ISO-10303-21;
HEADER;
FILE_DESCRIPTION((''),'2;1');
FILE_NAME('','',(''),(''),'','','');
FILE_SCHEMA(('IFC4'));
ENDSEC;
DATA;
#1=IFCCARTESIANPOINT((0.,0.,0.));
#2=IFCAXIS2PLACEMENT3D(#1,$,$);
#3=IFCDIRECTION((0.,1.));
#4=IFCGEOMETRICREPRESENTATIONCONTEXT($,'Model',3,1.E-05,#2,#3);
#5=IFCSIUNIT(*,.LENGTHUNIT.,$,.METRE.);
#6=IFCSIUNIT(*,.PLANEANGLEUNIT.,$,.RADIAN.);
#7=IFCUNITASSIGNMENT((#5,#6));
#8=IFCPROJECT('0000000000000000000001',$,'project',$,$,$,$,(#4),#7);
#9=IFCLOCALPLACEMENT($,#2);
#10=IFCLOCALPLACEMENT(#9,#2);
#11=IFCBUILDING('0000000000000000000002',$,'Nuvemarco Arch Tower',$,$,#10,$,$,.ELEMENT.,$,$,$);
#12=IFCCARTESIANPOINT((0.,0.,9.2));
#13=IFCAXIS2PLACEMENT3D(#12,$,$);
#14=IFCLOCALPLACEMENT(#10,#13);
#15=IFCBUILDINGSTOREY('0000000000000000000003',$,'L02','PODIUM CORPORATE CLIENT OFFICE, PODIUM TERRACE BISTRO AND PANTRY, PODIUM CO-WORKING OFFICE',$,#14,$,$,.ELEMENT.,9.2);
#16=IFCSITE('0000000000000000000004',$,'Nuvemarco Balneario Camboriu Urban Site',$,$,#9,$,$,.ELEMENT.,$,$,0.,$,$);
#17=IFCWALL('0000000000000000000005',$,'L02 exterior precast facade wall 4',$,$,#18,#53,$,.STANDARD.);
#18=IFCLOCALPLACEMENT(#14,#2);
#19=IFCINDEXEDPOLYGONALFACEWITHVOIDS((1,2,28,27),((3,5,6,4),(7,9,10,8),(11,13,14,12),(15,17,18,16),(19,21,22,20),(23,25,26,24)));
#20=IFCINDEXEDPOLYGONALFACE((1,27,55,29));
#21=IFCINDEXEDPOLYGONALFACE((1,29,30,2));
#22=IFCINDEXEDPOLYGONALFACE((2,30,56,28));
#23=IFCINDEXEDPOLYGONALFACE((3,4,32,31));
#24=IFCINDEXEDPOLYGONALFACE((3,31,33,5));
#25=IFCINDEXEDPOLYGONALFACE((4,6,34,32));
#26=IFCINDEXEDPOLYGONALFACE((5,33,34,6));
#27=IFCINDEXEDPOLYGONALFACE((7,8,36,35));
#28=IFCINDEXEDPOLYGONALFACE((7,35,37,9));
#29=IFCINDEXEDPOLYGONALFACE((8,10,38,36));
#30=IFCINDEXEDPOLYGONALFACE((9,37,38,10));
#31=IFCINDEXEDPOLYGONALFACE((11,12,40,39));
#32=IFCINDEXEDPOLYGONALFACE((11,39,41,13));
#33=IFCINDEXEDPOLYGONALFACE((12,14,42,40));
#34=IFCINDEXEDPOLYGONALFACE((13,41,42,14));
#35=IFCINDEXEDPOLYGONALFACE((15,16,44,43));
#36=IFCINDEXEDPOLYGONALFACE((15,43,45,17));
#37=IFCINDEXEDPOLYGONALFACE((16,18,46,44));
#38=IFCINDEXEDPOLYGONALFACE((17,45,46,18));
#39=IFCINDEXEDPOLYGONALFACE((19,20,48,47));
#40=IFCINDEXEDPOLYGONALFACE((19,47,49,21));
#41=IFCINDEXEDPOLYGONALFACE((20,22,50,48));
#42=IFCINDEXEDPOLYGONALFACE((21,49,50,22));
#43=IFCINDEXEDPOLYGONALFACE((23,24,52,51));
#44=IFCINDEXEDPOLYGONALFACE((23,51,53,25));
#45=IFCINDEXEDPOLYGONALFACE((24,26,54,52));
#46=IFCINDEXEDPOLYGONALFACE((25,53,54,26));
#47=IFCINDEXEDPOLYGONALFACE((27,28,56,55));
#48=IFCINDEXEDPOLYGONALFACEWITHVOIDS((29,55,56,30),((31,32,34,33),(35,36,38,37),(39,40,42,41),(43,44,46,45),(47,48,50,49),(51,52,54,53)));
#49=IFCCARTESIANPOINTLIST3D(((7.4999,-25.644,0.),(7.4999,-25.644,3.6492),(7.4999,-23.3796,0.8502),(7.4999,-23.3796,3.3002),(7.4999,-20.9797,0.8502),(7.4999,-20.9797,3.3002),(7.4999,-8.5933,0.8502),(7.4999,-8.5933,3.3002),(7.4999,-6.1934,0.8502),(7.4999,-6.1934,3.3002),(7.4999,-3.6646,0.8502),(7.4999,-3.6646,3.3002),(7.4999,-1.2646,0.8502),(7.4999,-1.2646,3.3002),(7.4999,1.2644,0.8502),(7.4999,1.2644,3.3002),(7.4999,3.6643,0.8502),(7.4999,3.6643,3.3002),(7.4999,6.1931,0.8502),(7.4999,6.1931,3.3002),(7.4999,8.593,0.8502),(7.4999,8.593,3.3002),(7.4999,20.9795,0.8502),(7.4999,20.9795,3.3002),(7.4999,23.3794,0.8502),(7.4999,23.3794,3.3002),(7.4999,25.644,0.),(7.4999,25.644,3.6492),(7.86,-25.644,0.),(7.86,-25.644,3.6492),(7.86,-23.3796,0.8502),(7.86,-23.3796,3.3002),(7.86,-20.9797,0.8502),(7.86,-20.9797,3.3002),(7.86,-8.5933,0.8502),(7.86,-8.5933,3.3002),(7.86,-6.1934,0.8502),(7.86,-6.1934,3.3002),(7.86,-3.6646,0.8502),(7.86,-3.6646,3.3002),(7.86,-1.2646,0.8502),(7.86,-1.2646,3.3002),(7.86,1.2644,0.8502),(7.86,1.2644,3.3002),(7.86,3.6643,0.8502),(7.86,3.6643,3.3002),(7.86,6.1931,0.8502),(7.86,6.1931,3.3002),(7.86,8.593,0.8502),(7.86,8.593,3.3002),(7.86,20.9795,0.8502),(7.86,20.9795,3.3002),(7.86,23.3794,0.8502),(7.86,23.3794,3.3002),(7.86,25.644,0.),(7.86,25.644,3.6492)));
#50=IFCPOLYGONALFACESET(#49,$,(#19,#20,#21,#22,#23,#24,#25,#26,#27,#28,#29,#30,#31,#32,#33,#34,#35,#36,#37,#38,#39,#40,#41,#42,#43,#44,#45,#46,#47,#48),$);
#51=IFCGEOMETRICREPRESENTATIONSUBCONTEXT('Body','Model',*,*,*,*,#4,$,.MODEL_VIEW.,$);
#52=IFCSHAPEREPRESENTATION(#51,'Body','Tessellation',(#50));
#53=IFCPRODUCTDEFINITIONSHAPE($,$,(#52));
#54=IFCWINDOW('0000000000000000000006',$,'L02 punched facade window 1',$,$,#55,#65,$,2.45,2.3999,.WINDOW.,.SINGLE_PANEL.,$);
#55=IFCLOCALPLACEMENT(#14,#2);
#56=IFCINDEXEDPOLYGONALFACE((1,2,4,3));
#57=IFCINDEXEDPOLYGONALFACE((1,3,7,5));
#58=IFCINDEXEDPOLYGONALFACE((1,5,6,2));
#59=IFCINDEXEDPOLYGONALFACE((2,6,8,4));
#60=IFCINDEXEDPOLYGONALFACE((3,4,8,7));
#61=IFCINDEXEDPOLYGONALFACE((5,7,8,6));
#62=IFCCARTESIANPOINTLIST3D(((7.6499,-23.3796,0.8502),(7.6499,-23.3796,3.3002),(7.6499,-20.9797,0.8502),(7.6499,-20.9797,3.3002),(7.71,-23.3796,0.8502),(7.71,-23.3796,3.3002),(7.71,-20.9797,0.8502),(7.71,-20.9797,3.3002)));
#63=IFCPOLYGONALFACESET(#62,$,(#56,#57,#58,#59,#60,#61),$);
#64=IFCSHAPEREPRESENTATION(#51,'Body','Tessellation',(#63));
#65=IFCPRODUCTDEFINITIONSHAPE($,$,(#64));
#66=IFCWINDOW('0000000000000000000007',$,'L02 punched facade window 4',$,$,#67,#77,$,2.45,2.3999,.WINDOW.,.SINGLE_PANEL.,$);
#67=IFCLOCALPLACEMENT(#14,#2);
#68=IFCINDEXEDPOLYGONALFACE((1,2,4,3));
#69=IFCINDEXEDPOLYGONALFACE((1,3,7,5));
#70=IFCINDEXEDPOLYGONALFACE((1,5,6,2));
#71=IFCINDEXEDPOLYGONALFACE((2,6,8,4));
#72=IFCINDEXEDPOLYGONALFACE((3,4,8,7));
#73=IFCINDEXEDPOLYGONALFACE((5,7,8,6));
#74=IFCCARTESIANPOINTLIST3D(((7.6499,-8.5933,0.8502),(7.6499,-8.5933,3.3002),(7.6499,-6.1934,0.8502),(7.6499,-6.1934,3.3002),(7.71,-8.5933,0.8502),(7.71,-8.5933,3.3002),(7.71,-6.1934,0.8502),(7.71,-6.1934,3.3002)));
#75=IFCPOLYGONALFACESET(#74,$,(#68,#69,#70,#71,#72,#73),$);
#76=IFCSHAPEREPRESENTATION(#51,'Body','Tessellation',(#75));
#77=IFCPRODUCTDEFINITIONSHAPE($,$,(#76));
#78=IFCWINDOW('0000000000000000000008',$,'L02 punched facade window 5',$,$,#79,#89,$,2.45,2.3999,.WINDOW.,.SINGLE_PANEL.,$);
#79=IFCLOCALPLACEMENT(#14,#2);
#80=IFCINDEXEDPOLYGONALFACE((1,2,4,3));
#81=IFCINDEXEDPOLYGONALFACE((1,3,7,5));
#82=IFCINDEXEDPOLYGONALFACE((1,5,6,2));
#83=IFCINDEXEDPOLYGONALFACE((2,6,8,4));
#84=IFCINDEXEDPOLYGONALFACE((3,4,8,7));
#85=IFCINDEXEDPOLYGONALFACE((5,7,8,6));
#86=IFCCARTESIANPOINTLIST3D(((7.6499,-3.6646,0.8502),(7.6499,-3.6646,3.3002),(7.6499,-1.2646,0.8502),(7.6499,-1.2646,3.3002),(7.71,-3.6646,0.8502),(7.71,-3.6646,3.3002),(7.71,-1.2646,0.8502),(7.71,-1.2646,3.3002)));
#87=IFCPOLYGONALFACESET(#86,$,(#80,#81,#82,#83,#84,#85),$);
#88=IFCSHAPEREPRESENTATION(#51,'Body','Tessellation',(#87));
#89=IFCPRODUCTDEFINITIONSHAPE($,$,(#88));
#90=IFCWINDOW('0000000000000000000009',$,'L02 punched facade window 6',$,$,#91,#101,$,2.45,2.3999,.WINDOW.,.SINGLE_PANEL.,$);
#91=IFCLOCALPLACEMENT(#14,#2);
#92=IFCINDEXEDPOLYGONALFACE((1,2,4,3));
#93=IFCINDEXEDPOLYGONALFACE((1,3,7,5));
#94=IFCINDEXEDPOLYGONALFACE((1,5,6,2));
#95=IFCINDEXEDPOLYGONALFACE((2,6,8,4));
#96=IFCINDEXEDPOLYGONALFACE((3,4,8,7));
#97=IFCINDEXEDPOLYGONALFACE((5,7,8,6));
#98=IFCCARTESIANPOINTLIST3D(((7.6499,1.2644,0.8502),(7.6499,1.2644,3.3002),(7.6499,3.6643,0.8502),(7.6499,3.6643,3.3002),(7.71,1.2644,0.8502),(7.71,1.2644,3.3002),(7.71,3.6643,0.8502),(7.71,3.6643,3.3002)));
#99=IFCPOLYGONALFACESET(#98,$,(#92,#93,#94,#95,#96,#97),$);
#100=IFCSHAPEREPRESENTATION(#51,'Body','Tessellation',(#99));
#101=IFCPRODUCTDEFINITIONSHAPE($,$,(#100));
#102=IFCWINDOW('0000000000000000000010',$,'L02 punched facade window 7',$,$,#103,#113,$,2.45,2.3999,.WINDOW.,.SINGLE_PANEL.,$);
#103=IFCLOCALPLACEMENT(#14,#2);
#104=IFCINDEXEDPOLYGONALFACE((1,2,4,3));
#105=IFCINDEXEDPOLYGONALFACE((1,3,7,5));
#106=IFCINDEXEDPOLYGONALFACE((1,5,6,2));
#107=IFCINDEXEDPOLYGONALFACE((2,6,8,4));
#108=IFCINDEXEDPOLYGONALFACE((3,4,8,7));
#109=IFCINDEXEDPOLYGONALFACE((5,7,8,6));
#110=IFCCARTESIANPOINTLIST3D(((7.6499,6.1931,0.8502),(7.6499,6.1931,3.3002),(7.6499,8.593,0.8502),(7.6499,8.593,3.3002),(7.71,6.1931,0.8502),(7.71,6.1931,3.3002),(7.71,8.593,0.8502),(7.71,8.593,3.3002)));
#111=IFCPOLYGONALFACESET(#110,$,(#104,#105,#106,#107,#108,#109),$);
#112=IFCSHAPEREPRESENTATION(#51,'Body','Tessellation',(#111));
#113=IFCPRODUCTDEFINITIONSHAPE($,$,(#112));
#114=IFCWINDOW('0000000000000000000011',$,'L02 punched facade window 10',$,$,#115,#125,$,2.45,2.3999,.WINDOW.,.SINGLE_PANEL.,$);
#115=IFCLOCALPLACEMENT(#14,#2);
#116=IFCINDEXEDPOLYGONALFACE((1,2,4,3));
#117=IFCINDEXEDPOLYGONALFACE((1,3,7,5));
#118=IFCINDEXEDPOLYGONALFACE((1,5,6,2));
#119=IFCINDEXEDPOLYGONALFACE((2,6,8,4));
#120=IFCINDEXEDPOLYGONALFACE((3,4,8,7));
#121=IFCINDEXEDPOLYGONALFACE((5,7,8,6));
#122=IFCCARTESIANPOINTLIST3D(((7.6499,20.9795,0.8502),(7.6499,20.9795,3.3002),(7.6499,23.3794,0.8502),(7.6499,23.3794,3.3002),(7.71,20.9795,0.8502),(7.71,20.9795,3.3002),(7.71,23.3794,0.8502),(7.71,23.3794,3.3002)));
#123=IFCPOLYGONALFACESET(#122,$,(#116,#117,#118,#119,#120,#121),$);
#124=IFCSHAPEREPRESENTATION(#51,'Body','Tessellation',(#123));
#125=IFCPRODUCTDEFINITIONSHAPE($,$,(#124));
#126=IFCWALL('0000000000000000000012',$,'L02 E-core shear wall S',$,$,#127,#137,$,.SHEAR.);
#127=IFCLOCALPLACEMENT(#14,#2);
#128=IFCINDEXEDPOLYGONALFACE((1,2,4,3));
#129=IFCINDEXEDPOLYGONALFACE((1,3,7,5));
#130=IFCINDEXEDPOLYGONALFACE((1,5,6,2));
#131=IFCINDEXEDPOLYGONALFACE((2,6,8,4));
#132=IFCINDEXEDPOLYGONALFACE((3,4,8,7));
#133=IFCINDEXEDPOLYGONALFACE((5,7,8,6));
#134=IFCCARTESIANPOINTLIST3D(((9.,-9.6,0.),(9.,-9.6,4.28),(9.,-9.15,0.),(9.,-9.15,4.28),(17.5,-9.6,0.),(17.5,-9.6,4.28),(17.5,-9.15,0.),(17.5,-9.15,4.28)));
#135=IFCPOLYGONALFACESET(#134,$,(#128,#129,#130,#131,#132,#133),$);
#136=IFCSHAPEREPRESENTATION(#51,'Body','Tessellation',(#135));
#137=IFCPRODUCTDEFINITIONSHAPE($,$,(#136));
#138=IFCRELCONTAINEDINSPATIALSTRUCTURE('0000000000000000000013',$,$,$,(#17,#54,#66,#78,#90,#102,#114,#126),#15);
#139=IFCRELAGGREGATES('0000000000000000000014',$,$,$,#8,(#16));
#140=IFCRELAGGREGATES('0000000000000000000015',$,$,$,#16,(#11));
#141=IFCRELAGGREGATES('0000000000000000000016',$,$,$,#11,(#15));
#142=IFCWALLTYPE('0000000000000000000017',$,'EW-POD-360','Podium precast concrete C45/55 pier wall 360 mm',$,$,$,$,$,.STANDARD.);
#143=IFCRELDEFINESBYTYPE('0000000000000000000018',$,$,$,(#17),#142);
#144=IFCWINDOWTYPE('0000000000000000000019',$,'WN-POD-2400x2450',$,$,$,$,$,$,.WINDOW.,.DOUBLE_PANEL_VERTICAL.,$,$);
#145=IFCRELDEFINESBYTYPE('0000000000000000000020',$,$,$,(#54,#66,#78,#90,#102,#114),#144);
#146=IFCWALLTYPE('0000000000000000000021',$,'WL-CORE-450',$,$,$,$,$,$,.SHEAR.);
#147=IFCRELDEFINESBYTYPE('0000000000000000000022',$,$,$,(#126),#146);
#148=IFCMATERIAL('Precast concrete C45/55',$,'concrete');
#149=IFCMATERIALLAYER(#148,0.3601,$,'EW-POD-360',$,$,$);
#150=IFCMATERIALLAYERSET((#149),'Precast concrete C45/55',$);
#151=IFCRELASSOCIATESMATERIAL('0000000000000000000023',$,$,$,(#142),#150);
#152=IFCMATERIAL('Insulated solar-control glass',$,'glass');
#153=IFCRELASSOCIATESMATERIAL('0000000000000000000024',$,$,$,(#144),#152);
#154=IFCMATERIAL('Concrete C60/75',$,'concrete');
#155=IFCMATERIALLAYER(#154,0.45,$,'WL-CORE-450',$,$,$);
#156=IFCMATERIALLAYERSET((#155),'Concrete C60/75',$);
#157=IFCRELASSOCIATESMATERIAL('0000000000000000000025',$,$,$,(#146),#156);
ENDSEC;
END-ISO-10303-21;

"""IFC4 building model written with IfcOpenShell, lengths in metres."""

from ifc_helpers import new_model, si_unit, direction, frame, frame_2d, origin, place, context, subcontext, project, spatial, rectangle, extrude, source, transform, mapped, material, layer, layer_set, type_object, type_shapes, element, fill, save


model = new_model("IFC4")

# Units and contexts
model_context = context("Model", 3, precision=1e-05, world=origin(), true_north=direction((0.0, 1.0)))
body_context = subcontext(model_context, "Body", "Model", "MODEL_VIEW")
ifc_project = project(units=[si_unit("LENGTHUNIT", "METRE"), si_unit("PLANEANGLEUNIT", "RADIAN")], contexts=[model_context])

# Site, building, storey
site_placement = place(None, origin())
site = spatial("IfcSite", under=ifc_project, at=site_placement, Name="Nuvemarco Balneario Camboriu Urban Site", CompositionType="ELEMENT", RefElevation=0.0)
building_placement = place(site_placement, origin())
building = spatial("IfcBuilding", under=site, at=building_placement, Name="Nuvemarco Arch Tower", CompositionType="ELEMENT")
storey_placement = place(building_placement, frame((0.0, 0.0, 9.2)))
storey = spatial("IfcBuildingStorey", under=building, at=storey_placement, Name="L02", Description="PODIUM CORPORATE CLIENT OFFICE, PODIUM TERRACE BISTRO AND PANTRY, PODIUM CO-WORKING OFFICE", CompositionType="ELEMENT", Elevation=9.2)

# Shared definitions
ifc_material_1 = material(Name="Concrete C60/75", Category="concrete")

# Shared definitions
ifc_material_2 = material(Name="Precast concrete C45/55", Category="concrete")

# Shared definitions
ifc_layer_1 = layer(ifc_material_2, 0.3601, Name="EW-POD-360")
ifc_layer_set_1 = layer_set([ifc_layer_1], Name="Precast concrete C45/55")
wall_type_1 = type_object("IfcWallType", Name="EW-POD-360", Description="Podium precast concrete C45/55 pier wall 360 mm", PredefinedType="STANDARD", material=ifc_layer_set_1)
ifc_material_3 = material(Name="Insulated solar-control glass", Category="glass")

# Wall, openings, windows
wall_1_placement = place(storey_placement, frame((7.6799, -25.644, 0.0), z_axis=(0.0, 0.0, 1.0), x_axis=(0.0, 1.0, 0.0)))
wall_1 = element("IfcWall", 1, at=wall_1_placement, inside=storey, type_object=wall_type_1, Name="L02 exterior precast facade wall 4", PredefinedType="STANDARD", context=body_context, shape_type="SweptSolid", body=[
    extrude(rectangle(XDim=51.2881, YDim=0.3601, at=frame_2d((25.644, 0.0))), origin(), (0.0, 0.0, 1.0), 3.6492),
])
opening_1_placement = place(wall_1_placement, frame((2.2644, 0.0, 0.8501)))
opening_1 = element("IfcOpeningElement", 2, at=opening_1_placement, cuts=wall_1, PredefinedType="OPENING", context=body_context, shape_type="SweptSolid", body=[
    extrude(rectangle(XDim=2.3999, YDim=2.45, at=frame_2d((1.2, 1.2251))), frame((0.0, 0.1899, 0.0), z_axis=(0.0, -1.0, 0.0), x_axis=(1.0, 0.0, 0.0)), (0.0, 0.0, 1.0), 0.3801),
])
opening_2_placement = place(wall_1_placement, frame((17.0508, 0.0, 0.8501)))
opening_2 = element("IfcOpeningElement", 3, at=opening_2_placement, cuts=wall_1, PredefinedType="OPENING", context=body_context, shape_type="SweptSolid", body=[
    extrude(rectangle(XDim=2.3999, YDim=2.45, at=frame_2d((1.2, 1.2251))), frame((0.0, 0.1899, 0.0), z_axis=(0.0, -1.0, 0.0), x_axis=(1.0, 0.0, 0.0)), (0.0, 0.0, 1.0), 0.3801),
])
opening_3_placement = place(wall_1_placement, frame((21.9795, 0.0, 0.8501)))
opening_3 = element("IfcOpeningElement", 4, at=opening_3_placement, cuts=wall_1, PredefinedType="OPENING", context=body_context, shape_type="SweptSolid", body=[
    extrude(rectangle(XDim=2.3999, YDim=2.45, at=frame_2d((1.2, 1.2251))), frame((0.0, 0.1899, 0.0), z_axis=(0.0, -1.0, 0.0), x_axis=(1.0, 0.0, 0.0)), (0.0, 0.0, 1.0), 0.3801),
])
opening_4_placement = place(wall_1_placement, frame((26.9084, 0.0, 0.8501)))
opening_4 = element("IfcOpeningElement", 5, at=opening_4_placement, cuts=wall_1, PredefinedType="OPENING", context=body_context, shape_type="SweptSolid", body=[
    extrude(rectangle(XDim=2.3999, YDim=2.45, at=frame_2d((1.2, 1.2251))), frame((0.0, 0.1899, 0.0), z_axis=(0.0, -1.0, 0.0), x_axis=(1.0, 0.0, 0.0)), (0.0, 0.0, 1.0), 0.3801),
])
opening_5_placement = place(wall_1_placement, frame((31.8372, 0.0, 0.8501)))
opening_5 = element("IfcOpeningElement", 6, at=opening_5_placement, cuts=wall_1, PredefinedType="OPENING", context=body_context, shape_type="SweptSolid", body=[
    extrude(rectangle(XDim=2.3999, YDim=2.45, at=frame_2d((1.2, 1.2251))), frame((0.0, 0.1899, 0.0), z_axis=(0.0, -1.0, 0.0), x_axis=(1.0, 0.0, 0.0)), (0.0, 0.0, 1.0), 0.3801),
])
opening_6_placement = place(wall_1_placement, frame((46.6235, 0.0, 0.8501)))
opening_6 = element("IfcOpeningElement", 7, at=opening_6_placement, cuts=wall_1, PredefinedType="OPENING", context=body_context, shape_type="SweptSolid", body=[
    extrude(rectangle(XDim=2.3999, YDim=2.45, at=frame_2d((1.2, 1.2251))), frame((0.0, 0.1899, 0.0), z_axis=(0.0, -1.0, 0.0), x_axis=(1.0, 0.0, 0.0)), (0.0, 0.0, 1.0), 0.3801),
])
window_type_1 = type_object("IfcWindowType", Name="WN-POD-2400x2450", PartitioningType="DOUBLE_PANEL_VERTICAL", PredefinedType="WINDOW", material=ifc_material_3)
shared_shape_1 = source(origin(), body_context, "Body", "SweptSolid", [
    extrude(rectangle(XDim=2.3999, YDim=2.45, at=frame_2d((1.2, 1.2251))), frame((0.0, 0.03, 0.0), z_axis=(0.0, -1.0, 0.0), x_axis=(1.0, 0.0, 0.0)), (0.0, 0.0, 1.0), 0.0601),
])
type_shapes(window_type_1, [shared_shape_1])
window_1_placement = place(opening_1_placement, origin())
window_1 = element("IfcWindow", 8, at=window_1_placement, inside=storey, type_object=window_type_1, Name="L02 punched facade window 1", OverallHeight=2.45, OverallWidth=2.3999, PartitioningType="SINGLE_PANEL", PredefinedType="WINDOW", context=body_context, shape_type="MappedRepresentation", body=[
    mapped(shared_shape_1, transform((0.0, 0.0, 0.0), scale=1.0)),
])
fill(opening_1, window_1)
window_2_placement = place(opening_2_placement, origin())
window_2 = element("IfcWindow", 9, at=window_2_placement, inside=storey, type_object=window_type_1, Name="L02 punched facade window 4", OverallHeight=2.45, OverallWidth=2.3999, PartitioningType="SINGLE_PANEL", PredefinedType="WINDOW", context=body_context, shape_type="MappedRepresentation", body=[
    mapped(shared_shape_1, transform((0.0, 0.0, 0.0), scale=1.0)),
])
fill(opening_2, window_2)
window_3_placement = place(opening_3_placement, origin())
window_3 = element("IfcWindow", 10, at=window_3_placement, inside=storey, type_object=window_type_1, Name="L02 punched facade window 5", OverallHeight=2.45, OverallWidth=2.3999, PartitioningType="SINGLE_PANEL", PredefinedType="WINDOW", context=body_context, shape_type="MappedRepresentation", body=[
    mapped(shared_shape_1, transform((0.0, 0.0, 0.0), scale=1.0)),
])
fill(opening_3, window_3)
window_4_placement = place(opening_4_placement, origin())
window_4 = element("IfcWindow", 11, at=window_4_placement, inside=storey, type_object=window_type_1, Name="L02 punched facade window 6", OverallHeight=2.45, OverallWidth=2.3999, PartitioningType="SINGLE_PANEL", PredefinedType="WINDOW", context=body_context, shape_type="MappedRepresentation", body=[
    mapped(shared_shape_1, transform((0.0, 0.0, 0.0), scale=1.0)),
])
fill(opening_4, window_4)
window_5_placement = place(opening_5_placement, origin())
window_5 = element("IfcWindow", 12, at=window_5_placement, inside=storey, type_object=window_type_1, Name="L02 punched facade window 7", OverallHeight=2.45, OverallWidth=2.3999, PartitioningType="SINGLE_PANEL", PredefinedType="WINDOW", context=body_context, shape_type="MappedRepresentation", body=[
    mapped(shared_shape_1, transform((0.0, 0.0, 0.0), scale=1.0)),
])
fill(opening_5, window_5)
window_6_placement = place(opening_6_placement, origin())
window_6 = element("IfcWindow", 13, at=window_6_placement, inside=storey, type_object=window_type_1, Name="L02 punched facade window 10", OverallHeight=2.45, OverallWidth=2.3999, PartitioningType="SINGLE_PANEL", PredefinedType="WINDOW", context=body_context, shape_type="MappedRepresentation", body=[
    mapped(shared_shape_1, transform((0.0, 0.0, 0.0), scale=1.0)),
])
fill(opening_6, window_6)

# Wall
ifc_layer_2 = layer(ifc_material_1, 0.45, Name="WL-CORE-450")
ifc_layer_set_2 = layer_set([ifc_layer_2], Name="Concrete C60/75")
wall_type_2 = type_object("IfcWallType", Name="WL-CORE-450", PredefinedType="SHEAR", material=ifc_layer_set_2)
wall_2_placement = place(storey_placement, frame((9.0, -9.375, 0.0), z_axis=(0.0, 0.0, 1.0), x_axis=(1.0, 0.0, 0.0)))
element("IfcWall", 14, at=wall_2_placement, inside=storey, type_object=wall_type_2, Name="L02 E-core shear wall S", PredefinedType="SHEAR", context=body_context, shape_type="SweptSolid", body=[
    extrude(rectangle(XDim=8.5, YDim=0.45, at=frame_2d((4.25, 0.0))), origin(), (0.0, 0.0, 1.0), 4.28),
])

save(model, "model.ifc")
